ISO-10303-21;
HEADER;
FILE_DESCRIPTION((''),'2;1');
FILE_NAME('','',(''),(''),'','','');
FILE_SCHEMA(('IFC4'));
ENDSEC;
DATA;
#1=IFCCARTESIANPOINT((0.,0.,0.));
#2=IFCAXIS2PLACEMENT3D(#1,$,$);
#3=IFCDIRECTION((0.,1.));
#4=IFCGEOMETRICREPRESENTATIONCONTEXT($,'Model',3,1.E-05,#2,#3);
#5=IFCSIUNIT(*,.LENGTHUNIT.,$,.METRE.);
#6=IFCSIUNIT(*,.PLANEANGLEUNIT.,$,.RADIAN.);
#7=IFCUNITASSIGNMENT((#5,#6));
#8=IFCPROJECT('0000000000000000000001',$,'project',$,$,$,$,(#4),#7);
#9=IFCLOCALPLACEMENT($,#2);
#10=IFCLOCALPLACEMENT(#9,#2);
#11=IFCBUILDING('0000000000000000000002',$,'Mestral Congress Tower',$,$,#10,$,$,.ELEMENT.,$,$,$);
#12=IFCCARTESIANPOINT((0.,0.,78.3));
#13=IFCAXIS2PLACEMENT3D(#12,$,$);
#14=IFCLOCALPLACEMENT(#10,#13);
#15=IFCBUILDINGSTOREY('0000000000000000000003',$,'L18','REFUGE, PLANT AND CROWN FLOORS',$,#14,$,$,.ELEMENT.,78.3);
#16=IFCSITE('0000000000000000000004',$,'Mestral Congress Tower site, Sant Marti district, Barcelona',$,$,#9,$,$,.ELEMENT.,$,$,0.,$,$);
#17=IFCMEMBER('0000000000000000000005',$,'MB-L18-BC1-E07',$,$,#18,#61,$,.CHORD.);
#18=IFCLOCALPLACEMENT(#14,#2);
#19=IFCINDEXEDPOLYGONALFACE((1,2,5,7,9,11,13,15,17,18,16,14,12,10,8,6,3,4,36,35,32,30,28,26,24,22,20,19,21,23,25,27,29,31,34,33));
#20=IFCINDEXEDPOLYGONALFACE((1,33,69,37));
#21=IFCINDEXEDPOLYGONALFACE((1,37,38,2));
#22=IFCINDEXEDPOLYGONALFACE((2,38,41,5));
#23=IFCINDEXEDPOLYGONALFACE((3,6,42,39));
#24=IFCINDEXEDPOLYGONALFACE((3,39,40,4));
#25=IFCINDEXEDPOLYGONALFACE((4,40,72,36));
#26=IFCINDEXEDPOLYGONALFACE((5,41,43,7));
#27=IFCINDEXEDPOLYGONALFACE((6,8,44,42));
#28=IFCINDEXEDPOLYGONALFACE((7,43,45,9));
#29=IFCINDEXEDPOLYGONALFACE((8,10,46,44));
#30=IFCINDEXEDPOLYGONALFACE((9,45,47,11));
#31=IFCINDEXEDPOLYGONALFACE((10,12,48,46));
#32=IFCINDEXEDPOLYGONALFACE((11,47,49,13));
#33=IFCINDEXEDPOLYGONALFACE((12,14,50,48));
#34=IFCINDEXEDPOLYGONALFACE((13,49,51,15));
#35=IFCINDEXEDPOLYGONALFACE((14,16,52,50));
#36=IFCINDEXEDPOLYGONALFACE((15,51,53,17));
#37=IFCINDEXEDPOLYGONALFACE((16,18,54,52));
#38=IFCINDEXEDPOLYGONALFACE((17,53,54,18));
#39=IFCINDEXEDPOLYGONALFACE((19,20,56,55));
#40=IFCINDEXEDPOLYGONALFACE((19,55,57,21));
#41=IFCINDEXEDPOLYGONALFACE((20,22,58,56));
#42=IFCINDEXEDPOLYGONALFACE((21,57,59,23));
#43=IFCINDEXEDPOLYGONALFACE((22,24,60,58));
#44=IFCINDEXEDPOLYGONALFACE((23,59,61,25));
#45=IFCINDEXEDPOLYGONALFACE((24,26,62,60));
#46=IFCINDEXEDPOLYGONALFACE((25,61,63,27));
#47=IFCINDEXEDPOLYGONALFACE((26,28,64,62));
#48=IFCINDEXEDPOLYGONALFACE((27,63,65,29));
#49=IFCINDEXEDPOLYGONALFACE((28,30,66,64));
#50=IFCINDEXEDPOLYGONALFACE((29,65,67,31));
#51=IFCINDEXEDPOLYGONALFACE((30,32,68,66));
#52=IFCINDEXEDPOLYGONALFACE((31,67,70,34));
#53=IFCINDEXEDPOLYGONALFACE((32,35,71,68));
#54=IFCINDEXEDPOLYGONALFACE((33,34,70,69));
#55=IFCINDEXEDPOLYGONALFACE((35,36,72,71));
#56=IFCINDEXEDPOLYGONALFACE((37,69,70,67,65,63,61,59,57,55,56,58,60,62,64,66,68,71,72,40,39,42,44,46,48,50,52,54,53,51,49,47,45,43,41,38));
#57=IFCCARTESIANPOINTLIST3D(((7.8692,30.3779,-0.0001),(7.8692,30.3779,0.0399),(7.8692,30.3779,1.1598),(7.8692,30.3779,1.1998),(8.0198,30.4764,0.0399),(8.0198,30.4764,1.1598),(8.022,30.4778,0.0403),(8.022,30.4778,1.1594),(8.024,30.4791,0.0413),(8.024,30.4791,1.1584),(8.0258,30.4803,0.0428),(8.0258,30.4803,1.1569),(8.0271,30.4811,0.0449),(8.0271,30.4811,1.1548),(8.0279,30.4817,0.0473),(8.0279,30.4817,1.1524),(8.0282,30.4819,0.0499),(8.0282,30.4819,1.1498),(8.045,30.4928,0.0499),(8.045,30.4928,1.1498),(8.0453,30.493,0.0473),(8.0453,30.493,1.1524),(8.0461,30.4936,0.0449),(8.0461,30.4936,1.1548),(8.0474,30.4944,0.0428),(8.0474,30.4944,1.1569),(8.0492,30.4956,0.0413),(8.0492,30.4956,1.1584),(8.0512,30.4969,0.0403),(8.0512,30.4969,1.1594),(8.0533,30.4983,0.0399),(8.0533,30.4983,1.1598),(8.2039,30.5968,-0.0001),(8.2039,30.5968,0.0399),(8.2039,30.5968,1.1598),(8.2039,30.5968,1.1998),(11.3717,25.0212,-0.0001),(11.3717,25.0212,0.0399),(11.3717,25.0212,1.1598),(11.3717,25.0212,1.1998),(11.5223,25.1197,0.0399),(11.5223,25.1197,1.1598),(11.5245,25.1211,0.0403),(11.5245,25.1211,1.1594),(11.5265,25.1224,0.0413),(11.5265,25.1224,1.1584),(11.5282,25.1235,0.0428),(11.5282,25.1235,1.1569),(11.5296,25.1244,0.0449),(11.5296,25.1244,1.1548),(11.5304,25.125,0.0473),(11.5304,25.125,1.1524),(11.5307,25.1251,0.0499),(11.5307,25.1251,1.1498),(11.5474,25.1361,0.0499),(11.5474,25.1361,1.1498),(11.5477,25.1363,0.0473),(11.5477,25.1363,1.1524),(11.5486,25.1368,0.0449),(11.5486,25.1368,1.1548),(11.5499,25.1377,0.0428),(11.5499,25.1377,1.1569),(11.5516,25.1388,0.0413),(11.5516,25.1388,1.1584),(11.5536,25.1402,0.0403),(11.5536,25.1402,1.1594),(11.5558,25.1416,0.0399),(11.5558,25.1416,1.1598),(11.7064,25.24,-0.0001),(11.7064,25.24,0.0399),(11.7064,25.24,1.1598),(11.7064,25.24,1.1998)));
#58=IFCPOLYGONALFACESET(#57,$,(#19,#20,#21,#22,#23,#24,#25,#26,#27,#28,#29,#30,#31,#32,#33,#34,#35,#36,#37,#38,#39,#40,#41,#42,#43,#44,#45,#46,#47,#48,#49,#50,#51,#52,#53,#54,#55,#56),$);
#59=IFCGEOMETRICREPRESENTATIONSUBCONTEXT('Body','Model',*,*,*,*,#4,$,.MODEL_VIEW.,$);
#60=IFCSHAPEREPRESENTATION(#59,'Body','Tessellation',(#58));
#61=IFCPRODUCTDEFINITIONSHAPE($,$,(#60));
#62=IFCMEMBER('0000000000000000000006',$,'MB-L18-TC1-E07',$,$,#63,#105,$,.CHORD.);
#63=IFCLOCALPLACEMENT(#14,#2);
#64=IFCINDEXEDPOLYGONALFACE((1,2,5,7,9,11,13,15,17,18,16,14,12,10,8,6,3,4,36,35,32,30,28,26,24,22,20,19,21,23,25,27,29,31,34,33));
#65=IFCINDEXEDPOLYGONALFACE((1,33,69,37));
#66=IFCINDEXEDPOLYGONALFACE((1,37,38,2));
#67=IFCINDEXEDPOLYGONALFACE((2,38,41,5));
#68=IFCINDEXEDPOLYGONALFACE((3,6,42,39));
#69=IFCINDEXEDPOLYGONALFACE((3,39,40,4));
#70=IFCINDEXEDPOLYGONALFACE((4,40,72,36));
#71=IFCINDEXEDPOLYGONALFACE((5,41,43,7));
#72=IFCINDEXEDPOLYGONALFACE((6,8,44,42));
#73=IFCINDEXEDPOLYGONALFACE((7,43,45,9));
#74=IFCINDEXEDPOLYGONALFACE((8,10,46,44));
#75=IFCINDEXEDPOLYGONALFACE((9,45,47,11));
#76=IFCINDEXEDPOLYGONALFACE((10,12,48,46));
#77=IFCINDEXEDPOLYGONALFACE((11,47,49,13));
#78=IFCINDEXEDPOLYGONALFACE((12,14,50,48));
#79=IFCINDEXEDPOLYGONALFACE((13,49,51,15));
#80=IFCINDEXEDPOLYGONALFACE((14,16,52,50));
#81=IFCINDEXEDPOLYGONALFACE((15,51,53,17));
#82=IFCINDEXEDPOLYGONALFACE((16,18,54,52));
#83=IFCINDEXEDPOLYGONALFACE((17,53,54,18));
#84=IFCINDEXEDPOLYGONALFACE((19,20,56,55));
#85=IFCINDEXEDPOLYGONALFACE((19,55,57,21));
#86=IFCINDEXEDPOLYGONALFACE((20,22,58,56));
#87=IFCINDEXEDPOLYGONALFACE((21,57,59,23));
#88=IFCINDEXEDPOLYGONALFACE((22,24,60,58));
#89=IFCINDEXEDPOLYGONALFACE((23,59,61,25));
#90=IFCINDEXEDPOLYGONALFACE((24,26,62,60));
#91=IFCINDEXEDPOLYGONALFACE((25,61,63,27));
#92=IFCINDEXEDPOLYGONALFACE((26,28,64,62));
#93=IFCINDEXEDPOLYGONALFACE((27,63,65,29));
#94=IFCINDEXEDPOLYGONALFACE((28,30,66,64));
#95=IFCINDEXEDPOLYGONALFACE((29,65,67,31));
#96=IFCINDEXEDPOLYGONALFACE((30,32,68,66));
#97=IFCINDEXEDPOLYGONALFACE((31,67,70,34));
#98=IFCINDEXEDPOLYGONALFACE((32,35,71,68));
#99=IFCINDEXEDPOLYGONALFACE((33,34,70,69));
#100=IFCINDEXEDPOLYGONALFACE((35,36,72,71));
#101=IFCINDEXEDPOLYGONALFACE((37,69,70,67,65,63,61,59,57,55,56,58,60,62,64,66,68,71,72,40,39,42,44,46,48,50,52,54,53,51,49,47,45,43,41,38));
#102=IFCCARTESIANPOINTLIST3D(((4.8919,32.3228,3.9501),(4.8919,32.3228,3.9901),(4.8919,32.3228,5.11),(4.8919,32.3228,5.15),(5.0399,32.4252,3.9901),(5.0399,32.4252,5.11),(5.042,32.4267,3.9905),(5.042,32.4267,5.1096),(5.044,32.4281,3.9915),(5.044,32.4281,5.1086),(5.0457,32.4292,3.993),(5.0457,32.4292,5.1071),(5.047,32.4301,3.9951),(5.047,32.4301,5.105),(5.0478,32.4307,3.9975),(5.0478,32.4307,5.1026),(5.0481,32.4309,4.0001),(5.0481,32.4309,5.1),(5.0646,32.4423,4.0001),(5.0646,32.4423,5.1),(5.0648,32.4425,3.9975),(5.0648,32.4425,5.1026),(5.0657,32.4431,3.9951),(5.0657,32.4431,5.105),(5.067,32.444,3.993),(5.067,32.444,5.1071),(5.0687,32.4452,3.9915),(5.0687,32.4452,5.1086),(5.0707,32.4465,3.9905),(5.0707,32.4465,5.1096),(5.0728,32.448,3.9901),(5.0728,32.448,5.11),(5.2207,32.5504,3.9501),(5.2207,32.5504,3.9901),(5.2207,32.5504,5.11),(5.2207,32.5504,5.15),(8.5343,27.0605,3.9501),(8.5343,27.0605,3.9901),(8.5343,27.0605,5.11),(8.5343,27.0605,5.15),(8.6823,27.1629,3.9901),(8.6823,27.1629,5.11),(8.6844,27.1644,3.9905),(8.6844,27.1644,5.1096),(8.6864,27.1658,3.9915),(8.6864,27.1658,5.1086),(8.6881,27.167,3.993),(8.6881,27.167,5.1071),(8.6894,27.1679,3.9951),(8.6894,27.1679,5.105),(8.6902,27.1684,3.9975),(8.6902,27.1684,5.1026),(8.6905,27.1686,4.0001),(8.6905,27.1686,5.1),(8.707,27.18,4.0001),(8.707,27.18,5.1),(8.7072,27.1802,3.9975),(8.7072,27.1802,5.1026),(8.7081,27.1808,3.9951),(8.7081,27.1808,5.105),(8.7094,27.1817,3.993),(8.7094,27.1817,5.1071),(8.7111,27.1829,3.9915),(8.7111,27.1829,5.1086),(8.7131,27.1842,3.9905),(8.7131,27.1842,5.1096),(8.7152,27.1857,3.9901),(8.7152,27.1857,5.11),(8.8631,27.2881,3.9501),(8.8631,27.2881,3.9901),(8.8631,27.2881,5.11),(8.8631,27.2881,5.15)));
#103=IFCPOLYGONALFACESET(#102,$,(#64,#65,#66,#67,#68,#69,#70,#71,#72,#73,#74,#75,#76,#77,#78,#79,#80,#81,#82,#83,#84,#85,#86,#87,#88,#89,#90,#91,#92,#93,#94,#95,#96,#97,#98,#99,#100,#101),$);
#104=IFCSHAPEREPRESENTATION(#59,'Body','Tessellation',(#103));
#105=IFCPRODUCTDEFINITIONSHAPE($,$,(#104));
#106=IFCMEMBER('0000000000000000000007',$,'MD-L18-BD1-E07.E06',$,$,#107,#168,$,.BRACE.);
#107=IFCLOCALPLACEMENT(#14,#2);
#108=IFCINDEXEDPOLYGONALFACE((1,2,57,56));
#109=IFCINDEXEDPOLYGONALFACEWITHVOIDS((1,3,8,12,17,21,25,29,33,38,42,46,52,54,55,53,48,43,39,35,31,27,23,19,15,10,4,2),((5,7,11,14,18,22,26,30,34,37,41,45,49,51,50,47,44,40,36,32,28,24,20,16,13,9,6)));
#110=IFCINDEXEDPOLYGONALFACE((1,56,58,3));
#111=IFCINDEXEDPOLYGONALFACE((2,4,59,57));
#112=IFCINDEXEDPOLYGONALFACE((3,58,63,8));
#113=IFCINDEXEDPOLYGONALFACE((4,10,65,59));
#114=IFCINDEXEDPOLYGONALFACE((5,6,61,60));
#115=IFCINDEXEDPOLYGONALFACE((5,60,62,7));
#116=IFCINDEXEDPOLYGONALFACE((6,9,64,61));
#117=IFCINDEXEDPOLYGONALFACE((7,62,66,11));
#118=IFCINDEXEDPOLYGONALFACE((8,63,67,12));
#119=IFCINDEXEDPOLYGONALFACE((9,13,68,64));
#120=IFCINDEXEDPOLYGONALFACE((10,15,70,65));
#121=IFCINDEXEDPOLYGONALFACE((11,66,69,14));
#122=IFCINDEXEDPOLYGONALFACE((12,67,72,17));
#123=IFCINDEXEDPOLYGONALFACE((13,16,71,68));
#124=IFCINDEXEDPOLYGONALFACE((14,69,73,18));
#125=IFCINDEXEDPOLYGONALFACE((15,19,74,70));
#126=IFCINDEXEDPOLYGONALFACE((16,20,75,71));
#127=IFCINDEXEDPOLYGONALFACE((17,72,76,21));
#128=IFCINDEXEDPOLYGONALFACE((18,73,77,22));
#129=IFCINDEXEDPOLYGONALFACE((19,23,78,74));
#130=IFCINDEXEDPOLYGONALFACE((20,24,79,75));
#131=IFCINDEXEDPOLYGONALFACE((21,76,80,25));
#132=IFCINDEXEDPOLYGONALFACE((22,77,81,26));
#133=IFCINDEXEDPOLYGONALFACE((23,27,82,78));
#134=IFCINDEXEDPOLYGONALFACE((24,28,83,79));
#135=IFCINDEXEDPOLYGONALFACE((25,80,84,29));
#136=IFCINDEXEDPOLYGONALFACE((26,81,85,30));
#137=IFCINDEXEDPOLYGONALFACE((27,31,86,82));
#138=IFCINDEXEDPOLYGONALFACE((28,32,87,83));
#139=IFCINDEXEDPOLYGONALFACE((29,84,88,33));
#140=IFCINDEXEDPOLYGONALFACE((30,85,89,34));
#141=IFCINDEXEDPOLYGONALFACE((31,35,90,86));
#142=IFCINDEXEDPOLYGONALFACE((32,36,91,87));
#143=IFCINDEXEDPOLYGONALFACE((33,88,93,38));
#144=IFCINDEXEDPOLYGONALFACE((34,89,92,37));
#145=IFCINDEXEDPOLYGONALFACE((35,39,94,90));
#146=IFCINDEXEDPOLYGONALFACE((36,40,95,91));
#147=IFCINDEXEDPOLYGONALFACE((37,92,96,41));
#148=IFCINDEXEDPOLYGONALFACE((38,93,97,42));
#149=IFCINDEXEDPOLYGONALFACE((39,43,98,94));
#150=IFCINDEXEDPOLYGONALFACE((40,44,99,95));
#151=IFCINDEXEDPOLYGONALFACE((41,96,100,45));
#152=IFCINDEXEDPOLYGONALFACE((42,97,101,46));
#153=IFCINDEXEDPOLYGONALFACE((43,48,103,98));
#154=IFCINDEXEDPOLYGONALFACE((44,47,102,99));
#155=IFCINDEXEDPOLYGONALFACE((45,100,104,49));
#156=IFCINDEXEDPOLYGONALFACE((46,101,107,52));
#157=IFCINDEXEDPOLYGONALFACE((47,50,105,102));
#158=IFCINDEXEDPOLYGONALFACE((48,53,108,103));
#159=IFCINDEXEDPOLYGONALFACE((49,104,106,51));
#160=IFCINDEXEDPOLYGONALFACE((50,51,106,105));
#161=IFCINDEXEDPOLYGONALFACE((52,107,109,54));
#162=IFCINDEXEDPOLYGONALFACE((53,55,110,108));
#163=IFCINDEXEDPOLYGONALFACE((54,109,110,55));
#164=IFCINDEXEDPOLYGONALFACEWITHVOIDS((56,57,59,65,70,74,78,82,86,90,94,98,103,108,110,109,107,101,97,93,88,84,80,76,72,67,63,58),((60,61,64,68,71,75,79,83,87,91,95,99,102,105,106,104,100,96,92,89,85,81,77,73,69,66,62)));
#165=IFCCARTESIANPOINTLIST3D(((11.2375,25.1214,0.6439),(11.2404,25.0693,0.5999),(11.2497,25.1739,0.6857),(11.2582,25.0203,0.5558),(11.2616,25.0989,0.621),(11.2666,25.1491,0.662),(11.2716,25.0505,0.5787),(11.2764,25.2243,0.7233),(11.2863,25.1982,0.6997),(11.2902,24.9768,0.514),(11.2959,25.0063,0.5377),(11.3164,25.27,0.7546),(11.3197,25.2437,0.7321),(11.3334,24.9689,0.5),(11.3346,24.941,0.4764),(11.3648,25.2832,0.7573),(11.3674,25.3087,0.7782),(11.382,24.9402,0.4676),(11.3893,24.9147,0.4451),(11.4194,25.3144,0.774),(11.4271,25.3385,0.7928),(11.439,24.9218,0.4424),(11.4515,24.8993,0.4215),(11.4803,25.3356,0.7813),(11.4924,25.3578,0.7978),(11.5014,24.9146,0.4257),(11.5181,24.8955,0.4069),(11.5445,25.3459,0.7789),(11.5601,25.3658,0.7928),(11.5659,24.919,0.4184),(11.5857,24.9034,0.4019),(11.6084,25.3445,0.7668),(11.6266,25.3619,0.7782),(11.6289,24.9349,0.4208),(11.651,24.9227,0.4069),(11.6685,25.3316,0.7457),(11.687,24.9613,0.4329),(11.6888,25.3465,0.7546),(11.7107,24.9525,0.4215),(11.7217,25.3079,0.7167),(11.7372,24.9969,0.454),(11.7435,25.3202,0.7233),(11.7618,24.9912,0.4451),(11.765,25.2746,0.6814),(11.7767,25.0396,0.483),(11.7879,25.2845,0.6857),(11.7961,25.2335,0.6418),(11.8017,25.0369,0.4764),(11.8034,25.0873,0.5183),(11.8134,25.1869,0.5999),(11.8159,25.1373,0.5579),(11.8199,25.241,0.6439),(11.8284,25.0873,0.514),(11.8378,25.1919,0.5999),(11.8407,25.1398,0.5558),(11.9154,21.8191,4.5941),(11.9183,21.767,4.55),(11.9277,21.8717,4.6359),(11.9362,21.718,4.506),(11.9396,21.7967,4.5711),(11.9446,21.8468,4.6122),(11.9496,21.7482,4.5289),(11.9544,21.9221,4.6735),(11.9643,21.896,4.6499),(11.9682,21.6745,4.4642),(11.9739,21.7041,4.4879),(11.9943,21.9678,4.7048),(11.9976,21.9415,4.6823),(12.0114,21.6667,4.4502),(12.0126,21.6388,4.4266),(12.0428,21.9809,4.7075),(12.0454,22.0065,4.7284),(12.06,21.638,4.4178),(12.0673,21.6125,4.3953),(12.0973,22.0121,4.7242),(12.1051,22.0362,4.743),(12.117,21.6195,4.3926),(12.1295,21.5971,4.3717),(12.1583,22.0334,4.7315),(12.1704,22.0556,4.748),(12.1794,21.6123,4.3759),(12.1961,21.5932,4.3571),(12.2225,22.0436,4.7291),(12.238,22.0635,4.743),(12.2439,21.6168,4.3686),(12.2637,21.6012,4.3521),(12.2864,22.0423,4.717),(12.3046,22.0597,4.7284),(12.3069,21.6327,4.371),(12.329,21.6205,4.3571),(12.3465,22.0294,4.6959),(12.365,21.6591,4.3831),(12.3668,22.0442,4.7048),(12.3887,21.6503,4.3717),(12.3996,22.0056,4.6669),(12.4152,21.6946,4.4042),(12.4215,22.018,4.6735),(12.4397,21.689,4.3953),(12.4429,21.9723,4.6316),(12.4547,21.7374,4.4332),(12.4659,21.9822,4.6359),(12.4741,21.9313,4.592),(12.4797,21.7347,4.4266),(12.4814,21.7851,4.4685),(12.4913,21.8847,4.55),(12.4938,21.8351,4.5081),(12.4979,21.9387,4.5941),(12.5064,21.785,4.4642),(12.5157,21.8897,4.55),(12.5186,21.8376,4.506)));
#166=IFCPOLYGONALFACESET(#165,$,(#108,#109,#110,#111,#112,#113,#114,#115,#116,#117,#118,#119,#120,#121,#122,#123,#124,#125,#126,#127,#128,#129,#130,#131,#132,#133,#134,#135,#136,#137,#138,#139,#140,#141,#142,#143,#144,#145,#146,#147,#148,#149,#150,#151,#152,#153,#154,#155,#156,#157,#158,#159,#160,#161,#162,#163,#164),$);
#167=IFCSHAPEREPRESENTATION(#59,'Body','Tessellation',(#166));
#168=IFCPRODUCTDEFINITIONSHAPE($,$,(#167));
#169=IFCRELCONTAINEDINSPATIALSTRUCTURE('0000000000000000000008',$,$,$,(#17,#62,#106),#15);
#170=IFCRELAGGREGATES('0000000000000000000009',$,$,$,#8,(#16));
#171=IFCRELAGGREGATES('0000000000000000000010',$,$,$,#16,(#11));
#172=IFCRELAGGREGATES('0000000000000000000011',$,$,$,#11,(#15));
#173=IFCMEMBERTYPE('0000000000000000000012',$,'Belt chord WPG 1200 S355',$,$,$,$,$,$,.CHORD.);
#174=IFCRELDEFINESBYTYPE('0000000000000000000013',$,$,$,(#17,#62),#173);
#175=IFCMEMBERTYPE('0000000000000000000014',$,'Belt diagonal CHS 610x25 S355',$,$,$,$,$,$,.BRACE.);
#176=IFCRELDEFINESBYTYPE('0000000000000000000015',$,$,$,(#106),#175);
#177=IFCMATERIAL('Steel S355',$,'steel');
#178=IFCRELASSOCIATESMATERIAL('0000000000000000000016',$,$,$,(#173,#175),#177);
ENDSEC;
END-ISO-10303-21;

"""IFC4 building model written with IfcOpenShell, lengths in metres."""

from ifc_helpers import new_model, si_unit, direction, frame, origin, origin_2d, place, context, subcontext, project, spatial, hollow_circle, i_section, extrude, material, material_profile, profile_set, type_object, element, save


model = new_model("IFC4")

# Units and contexts
model_context = context("Model", 3, precision=1e-05, world=origin(), true_north=direction((0.0, 1.0)))
body_context = subcontext(model_context, "Body", "Model", "MODEL_VIEW")
ifc_project = project(units=[si_unit("LENGTHUNIT", "METRE"), si_unit("PLANEANGLEUNIT", "RADIAN")], contexts=[model_context])

# Site, building, storey
site_placement = place(None, origin())
site = spatial("IfcSite", under=ifc_project, at=site_placement, Name="Mestral Congress Tower site, Sant Marti district, Barcelona", CompositionType="ELEMENT", RefElevation=0.0)
building_placement = place(site_placement, origin())
building = spatial("IfcBuilding", under=site, at=building_placement, Name="Mestral Congress Tower", CompositionType="ELEMENT")
storey_placement = place(building_placement, frame((0.0, 0.0, 78.3)))
storey = spatial("IfcBuildingStorey", under=building, at=storey_placement, Name="L18", Description="REFUGE, PLANT AND CROWN FLOORS", CompositionType="ELEMENT", Elevation=78.3)

# Members
ifc_material_1 = material(Name="Steel S355", Category="steel")
ifc_material_profile_1 = material_profile(ifc_material_1, i_section(OverallWidth=0.3999, OverallDepth=1.2, WebThickness=0.02, FlangeThickness=0.04, FilletRadius=0.01, at=origin_2d()), Name="WPG 1200")
ifc_profile_set_1 = profile_set([ifc_material_profile_1], Name="Steel S355")
member_type_1 = type_object("IfcMemberType", Name="Belt chord WPG 1200 S355", PredefinedType="CHORD", material=ifc_profile_set_1)
member_1_placement = place(storey_placement, frame((11.5391, 25.1306, 0.5999), z_axis=(-0.547248, 0.83697, 0.0), x_axis=(-0.83697, -0.547248, 0.0)))
element("IfcMember", 1, at=member_1_placement, inside=storey, type_object=member_type_1, Name="MB-L18-BC1-E07", PredefinedType="CHORD", context=body_context, shape_type="SweptSolid", body=[
    extrude(i_section(OverallWidth=0.3999, OverallDepth=1.2, WebThickness=0.02, FlangeThickness=0.04, FilletRadius=0.01, at=origin_2d()), origin(), (0.0, 0.0, 1.0), 6.4001),
])
member_2_placement = place(storey_placement, frame((8.6987, 27.1743, 4.55), z_axis=(-0.569133, 0.822246, 0.0), x_axis=(-0.822246, -0.569133, 0.0)))
element("IfcMember", 2, at=member_2_placement, inside=storey, type_object=member_type_1, Name="MB-L18-TC1-E07", PredefinedType="CHORD", context=body_context, shape_type="SweptSolid", body=[
    extrude(i_section(OverallWidth=0.3999, OverallDepth=1.2, WebThickness=0.02, FlangeThickness=0.04, FilletRadius=0.01, at=origin_2d()), origin(), (0.0, 0.0, 1.0), 6.3999),
])
ifc_material_profile_2 = material_profile(ifc_material_1, hollow_circle(Radius=0.3049, WallThickness=0.0249, at=origin_2d()), Name="CHS 610x25")
ifc_profile_set_2 = profile_set([ifc_material_profile_2], Name="Steel S355")
member_type_2 = type_object("IfcMemberType", Name="Belt diagonal CHS 610x25 S355", PredefinedType="BRACE", material=ifc_profile_set_2)
member_3_placement = place(storey_placement, frame((11.5391, 25.1306, 0.5999), z_axis=(0.130553, -0.635888, 0.760659), x_axis=(0.979568, 0.201113, 0.0)))
element("IfcMember", 3, at=member_3_placement, inside=storey, type_object=member_type_2, Name="MD-L18-BD1-E07.E06", PredefinedType="BRACE", context=body_context, shape_type="SweptSolid", body=[
    extrude(hollow_circle(Radius=0.3049, WallThickness=0.0249, at=origin_2d()), origin(), (0.0, 0.0, 1.0), 5.1931),
])

save(model, "model.ifc")
